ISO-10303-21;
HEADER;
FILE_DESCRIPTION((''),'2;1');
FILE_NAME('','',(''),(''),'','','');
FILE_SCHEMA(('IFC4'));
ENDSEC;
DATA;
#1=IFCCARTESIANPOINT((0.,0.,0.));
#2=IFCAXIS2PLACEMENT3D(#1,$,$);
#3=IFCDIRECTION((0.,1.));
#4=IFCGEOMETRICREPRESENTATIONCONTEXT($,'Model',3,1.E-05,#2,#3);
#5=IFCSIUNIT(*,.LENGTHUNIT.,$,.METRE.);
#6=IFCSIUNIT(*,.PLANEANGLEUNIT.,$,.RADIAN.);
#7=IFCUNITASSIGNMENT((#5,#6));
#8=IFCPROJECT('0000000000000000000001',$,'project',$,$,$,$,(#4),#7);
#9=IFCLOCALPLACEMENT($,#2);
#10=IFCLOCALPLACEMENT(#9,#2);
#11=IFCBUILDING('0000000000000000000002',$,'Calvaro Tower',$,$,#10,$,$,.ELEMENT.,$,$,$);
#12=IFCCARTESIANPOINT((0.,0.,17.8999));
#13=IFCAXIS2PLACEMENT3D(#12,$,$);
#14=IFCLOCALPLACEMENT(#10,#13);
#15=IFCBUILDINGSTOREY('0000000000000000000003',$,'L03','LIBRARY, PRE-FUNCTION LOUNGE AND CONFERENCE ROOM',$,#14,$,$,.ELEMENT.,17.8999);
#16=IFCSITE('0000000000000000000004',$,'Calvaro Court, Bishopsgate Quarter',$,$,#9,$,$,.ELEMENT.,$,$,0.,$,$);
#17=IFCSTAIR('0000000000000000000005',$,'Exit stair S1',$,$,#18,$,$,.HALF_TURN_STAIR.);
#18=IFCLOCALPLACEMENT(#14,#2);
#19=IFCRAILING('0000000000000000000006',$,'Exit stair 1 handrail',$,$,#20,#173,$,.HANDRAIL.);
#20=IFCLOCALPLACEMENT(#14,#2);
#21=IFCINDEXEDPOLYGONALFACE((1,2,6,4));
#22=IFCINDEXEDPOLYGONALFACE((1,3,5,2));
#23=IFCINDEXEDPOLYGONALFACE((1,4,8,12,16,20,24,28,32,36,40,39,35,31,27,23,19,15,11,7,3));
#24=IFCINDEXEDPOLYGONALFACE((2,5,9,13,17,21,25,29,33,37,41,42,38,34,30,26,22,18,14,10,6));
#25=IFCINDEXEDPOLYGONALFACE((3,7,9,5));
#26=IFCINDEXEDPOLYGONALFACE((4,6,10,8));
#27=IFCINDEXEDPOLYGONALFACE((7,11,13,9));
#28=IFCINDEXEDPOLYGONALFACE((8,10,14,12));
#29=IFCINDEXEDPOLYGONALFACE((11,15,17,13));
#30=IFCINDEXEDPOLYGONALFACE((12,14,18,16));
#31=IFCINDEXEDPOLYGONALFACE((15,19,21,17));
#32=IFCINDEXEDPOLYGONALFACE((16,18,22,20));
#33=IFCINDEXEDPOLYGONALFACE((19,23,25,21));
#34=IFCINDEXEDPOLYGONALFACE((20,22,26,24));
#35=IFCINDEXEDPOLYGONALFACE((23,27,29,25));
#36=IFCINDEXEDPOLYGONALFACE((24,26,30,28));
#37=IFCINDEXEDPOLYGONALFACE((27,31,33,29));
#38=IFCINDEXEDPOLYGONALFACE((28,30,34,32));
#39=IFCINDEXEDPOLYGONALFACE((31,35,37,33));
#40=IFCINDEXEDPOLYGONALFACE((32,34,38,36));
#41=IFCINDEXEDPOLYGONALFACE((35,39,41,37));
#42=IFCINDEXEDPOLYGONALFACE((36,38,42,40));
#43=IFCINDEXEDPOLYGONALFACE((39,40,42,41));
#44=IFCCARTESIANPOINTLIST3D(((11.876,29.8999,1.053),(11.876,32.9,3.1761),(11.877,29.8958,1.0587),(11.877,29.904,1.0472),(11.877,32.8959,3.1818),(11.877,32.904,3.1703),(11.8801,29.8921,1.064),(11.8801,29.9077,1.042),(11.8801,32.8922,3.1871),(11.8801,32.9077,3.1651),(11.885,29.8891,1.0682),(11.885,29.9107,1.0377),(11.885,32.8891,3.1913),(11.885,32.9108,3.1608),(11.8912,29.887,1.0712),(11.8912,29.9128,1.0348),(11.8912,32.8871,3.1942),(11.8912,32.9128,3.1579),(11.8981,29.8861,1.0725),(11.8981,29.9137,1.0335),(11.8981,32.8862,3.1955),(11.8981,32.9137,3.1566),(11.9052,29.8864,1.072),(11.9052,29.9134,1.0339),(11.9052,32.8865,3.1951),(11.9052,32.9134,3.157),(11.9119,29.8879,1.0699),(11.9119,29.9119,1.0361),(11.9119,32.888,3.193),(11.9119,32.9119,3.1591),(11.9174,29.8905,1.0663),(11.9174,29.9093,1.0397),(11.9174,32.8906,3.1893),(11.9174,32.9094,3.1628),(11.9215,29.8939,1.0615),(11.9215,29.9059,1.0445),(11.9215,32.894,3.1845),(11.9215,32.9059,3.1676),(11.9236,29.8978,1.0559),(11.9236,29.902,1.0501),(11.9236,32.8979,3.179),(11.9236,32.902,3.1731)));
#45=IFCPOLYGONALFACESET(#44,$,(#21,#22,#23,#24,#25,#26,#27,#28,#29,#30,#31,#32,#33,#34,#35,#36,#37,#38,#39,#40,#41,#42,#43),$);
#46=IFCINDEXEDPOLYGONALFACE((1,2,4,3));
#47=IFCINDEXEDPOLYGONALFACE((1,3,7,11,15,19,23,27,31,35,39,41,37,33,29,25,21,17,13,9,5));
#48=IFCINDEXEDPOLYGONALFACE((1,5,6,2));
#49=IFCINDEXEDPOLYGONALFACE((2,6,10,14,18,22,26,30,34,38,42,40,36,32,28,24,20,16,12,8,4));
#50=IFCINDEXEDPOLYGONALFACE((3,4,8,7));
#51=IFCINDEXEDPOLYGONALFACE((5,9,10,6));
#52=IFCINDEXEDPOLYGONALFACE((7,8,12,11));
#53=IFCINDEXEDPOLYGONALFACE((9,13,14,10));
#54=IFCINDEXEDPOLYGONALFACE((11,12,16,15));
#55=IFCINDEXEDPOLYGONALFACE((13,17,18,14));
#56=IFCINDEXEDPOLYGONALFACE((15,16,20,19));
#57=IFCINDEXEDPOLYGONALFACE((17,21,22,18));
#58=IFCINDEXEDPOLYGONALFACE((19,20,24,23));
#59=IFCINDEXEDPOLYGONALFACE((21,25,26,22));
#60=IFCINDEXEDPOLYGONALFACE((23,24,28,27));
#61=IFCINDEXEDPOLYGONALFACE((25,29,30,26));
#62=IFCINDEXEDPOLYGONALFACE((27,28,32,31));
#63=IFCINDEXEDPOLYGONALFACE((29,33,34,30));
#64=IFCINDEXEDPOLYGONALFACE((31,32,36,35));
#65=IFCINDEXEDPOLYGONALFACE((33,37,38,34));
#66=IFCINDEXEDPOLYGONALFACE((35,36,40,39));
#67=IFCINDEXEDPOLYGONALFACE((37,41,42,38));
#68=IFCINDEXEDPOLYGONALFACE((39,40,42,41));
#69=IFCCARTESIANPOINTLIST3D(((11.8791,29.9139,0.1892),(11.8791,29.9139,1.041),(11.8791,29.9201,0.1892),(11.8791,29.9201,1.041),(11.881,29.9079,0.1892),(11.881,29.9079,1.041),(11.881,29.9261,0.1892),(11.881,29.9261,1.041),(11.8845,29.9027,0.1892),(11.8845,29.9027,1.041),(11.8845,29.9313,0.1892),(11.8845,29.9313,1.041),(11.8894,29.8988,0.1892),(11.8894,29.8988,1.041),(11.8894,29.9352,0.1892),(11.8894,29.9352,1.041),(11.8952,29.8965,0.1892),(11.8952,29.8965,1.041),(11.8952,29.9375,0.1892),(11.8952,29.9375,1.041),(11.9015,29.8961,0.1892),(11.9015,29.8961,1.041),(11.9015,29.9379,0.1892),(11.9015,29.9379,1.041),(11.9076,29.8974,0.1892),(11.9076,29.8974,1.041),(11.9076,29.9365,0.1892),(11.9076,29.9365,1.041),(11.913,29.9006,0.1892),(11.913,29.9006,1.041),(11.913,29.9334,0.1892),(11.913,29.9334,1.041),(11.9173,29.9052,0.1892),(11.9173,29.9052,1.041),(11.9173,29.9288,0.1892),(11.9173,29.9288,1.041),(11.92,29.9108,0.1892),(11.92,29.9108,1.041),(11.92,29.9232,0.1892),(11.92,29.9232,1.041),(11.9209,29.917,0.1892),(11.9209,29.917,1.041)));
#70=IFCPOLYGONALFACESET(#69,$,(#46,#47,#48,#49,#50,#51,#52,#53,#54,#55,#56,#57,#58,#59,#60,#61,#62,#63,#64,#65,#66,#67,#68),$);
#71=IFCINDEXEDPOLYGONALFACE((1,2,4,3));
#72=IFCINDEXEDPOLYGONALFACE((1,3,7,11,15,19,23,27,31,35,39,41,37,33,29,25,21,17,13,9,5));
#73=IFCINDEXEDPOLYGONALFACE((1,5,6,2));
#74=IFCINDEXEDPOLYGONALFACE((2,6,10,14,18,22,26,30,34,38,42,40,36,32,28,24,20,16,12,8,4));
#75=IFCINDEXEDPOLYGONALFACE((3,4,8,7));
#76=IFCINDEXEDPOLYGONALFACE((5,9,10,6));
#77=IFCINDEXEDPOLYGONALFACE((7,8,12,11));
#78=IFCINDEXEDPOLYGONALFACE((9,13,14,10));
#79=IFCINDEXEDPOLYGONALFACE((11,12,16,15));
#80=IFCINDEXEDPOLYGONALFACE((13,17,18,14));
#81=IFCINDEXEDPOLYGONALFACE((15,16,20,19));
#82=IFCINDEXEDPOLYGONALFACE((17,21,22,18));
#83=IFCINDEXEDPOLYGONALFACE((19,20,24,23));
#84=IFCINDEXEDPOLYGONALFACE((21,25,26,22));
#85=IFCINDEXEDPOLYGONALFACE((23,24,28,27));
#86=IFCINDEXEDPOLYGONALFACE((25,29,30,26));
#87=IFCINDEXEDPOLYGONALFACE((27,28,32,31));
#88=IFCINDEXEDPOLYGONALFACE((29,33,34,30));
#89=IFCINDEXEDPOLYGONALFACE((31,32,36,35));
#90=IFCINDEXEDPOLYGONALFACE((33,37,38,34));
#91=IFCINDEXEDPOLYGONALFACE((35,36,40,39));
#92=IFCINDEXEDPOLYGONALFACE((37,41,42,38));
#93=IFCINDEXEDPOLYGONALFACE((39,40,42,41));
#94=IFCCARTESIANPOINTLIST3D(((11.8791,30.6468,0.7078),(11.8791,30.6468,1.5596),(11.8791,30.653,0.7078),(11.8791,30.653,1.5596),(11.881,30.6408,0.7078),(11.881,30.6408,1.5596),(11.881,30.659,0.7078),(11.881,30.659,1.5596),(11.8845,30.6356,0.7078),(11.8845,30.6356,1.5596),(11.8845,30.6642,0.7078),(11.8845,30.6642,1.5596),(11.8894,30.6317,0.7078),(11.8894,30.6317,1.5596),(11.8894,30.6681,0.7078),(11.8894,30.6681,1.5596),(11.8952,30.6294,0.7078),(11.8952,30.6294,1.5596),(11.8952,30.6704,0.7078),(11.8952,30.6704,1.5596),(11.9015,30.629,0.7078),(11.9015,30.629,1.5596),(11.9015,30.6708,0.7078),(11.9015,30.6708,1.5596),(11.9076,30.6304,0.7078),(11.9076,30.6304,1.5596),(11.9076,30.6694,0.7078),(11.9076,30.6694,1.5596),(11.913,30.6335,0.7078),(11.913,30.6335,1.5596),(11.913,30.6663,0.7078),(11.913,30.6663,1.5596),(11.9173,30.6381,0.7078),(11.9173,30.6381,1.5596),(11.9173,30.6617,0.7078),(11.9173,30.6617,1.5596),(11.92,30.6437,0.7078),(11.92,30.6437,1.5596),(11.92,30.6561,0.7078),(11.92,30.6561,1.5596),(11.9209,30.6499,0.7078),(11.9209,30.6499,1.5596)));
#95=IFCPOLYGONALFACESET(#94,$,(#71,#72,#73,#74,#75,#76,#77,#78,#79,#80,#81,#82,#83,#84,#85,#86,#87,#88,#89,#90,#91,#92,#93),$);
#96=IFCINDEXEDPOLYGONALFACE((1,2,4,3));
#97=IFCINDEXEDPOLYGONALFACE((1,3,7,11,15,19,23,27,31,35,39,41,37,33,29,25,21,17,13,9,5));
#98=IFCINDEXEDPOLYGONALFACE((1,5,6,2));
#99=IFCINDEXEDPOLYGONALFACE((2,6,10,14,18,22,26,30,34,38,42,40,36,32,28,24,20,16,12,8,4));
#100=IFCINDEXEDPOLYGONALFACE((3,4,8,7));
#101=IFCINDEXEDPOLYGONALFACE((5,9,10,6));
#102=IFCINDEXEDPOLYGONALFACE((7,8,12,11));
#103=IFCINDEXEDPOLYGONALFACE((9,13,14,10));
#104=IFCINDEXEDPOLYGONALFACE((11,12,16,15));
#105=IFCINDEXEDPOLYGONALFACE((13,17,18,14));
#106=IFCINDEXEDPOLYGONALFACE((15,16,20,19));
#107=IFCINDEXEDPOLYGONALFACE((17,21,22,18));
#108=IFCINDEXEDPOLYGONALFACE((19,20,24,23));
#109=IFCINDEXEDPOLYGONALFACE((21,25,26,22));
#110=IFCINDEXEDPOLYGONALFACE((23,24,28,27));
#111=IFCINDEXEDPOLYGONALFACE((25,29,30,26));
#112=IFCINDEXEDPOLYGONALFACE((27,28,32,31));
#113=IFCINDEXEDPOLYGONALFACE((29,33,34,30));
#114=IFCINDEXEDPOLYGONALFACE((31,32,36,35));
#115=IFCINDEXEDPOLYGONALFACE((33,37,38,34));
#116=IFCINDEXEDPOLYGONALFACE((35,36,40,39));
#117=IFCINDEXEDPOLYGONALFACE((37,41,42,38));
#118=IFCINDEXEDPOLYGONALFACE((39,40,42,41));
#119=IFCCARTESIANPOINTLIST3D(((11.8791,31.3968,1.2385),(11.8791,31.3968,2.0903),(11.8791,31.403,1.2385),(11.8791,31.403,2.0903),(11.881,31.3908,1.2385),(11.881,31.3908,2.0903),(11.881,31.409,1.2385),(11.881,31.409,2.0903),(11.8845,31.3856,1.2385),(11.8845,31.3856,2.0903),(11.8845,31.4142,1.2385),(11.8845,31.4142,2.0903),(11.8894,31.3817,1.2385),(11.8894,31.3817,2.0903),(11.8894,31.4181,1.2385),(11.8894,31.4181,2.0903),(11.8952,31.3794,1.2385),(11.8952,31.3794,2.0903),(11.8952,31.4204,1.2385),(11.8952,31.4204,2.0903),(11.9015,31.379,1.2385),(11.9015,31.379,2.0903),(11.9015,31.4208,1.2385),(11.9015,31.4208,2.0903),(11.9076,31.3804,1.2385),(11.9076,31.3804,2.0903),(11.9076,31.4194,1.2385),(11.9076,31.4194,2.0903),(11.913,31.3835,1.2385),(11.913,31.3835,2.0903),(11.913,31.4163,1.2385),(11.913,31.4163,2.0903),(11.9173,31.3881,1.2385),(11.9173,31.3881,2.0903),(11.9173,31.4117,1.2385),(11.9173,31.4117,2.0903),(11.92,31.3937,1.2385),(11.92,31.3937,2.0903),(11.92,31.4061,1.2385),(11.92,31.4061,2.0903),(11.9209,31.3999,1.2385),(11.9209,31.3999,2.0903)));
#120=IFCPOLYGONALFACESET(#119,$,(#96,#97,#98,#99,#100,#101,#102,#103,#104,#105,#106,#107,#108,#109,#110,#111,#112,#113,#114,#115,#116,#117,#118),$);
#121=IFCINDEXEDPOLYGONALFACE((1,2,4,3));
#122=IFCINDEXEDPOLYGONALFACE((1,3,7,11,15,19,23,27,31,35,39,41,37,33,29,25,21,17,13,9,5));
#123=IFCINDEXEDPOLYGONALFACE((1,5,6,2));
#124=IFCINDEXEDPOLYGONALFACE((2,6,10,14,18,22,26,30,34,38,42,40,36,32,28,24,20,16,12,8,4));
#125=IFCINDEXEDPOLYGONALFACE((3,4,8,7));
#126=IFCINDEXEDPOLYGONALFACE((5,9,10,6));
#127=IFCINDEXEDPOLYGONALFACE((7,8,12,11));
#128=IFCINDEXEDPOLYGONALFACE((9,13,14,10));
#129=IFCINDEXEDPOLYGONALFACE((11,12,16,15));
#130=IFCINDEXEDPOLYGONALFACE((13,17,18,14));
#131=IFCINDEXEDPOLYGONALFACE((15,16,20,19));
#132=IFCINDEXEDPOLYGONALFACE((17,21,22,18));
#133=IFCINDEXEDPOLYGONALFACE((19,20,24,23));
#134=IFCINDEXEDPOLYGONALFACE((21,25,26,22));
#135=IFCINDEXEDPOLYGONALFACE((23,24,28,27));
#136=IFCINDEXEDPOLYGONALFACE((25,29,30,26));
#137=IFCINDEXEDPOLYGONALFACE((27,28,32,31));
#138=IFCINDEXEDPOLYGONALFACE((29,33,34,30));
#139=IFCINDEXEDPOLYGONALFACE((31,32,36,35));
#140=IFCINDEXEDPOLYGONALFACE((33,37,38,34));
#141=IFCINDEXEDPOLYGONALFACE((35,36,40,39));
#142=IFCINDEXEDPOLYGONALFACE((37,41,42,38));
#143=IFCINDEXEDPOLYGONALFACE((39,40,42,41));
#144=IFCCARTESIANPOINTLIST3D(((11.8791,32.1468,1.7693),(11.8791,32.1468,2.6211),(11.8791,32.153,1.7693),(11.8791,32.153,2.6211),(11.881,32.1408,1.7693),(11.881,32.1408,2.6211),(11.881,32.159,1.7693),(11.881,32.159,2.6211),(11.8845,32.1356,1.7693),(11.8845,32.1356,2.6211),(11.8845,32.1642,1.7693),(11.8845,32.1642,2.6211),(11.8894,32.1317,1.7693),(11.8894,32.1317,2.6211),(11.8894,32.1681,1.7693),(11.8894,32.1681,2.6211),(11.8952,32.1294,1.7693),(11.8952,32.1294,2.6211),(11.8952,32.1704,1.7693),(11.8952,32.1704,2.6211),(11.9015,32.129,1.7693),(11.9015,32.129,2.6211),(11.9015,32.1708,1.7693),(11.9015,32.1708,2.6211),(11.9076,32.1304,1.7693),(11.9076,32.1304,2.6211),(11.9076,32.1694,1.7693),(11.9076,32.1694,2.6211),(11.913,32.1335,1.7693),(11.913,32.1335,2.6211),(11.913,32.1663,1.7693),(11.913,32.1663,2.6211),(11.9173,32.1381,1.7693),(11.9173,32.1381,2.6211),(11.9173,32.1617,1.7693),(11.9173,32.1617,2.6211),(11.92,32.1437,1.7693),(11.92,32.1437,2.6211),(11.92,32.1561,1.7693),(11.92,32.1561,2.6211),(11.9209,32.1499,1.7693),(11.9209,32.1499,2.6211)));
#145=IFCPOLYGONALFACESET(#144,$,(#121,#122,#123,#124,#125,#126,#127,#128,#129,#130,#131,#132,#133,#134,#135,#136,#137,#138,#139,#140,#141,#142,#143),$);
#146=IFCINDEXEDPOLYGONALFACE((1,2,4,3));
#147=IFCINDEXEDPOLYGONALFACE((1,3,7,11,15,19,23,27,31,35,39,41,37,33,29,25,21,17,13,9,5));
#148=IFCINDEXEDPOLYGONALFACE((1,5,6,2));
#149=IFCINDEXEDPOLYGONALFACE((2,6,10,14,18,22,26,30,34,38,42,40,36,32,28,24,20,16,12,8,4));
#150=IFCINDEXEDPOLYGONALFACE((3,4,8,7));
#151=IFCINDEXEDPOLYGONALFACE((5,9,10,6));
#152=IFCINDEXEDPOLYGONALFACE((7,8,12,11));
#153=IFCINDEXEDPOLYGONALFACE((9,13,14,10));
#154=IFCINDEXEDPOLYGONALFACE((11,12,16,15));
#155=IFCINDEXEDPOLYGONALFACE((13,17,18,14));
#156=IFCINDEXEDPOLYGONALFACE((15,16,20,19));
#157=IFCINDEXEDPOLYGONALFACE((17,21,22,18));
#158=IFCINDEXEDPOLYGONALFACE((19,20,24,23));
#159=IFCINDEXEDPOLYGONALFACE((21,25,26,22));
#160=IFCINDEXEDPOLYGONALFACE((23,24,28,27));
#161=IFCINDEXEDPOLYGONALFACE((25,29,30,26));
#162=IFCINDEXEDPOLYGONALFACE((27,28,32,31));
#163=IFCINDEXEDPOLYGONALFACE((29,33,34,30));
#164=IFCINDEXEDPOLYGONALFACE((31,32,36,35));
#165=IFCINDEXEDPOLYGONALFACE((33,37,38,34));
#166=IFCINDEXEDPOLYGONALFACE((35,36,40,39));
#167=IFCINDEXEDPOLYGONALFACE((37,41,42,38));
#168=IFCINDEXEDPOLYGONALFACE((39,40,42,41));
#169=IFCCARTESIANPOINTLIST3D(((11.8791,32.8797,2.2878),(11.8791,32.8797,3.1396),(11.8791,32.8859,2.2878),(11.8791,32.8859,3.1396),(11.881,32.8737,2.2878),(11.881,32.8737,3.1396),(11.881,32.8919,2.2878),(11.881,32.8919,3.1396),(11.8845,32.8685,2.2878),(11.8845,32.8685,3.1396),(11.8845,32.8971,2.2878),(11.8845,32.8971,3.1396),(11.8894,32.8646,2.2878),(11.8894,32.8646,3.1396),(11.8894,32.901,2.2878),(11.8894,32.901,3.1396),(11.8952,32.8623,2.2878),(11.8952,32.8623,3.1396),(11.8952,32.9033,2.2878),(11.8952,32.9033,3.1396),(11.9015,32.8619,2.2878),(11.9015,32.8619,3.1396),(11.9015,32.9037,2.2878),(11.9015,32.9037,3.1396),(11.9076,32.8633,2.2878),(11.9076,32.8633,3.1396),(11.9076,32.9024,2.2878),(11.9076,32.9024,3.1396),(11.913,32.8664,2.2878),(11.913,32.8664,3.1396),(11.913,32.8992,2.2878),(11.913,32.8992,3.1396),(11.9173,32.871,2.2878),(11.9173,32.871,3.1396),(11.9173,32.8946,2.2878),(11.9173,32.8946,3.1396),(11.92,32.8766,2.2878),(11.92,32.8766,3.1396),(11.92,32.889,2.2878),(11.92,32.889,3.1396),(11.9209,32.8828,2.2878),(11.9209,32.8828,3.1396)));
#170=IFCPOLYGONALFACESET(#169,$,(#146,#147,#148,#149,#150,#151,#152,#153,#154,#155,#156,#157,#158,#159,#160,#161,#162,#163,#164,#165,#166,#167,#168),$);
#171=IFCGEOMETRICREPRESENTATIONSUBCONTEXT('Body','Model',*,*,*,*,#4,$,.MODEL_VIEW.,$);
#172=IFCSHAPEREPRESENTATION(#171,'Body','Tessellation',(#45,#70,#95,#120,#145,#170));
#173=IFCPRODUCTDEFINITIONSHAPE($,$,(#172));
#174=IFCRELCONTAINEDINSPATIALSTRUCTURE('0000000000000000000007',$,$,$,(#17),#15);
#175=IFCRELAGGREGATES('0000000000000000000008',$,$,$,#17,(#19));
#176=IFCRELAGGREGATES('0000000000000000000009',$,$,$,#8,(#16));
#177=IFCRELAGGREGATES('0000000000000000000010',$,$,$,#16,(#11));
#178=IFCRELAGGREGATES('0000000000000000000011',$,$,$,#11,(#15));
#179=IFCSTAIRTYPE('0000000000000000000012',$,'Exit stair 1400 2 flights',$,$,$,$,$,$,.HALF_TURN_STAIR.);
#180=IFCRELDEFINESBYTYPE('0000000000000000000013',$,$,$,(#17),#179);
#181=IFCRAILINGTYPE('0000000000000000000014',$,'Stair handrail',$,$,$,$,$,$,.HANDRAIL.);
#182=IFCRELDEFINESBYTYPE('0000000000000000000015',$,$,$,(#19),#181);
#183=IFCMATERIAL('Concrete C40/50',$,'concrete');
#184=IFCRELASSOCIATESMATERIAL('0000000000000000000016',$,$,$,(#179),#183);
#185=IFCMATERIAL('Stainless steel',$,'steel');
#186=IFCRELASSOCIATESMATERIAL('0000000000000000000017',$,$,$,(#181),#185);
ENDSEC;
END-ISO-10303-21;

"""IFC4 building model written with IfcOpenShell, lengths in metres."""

from ifc_helpers import new_model, si_unit, direction, frame, origin, origin_2d, place, context, subcontext, project, spatial, circle, extrude, material, type_object, element, aggregate, save


model = new_model("IFC4")

# Units and contexts
model_context = context("Model", 3, precision=1e-05, world=origin(), true_north=direction((0.0, 1.0)))
body_context = subcontext(model_context, "Body", "Model", "MODEL_VIEW")
ifc_project = project(units=[si_unit("LENGTHUNIT", "METRE"), si_unit("PLANEANGLEUNIT", "RADIAN")], contexts=[model_context])

# Site, building, storey
site_placement = place(None, origin())
site = spatial("IfcSite", under=ifc_project, at=site_placement, Name="Calvaro Court, Bishopsgate Quarter", CompositionType="ELEMENT", RefElevation=0.0)
building_placement = place(site_placement, origin())
building = spatial("IfcBuilding", under=site, at=building_placement, Name="Calvaro Tower", CompositionType="ELEMENT")
storey_placement = place(building_placement, frame((0.0, 0.0, 17.8999)))
storey = spatial("IfcBuildingStorey", under=building, at=storey_placement, Name="L03", Description="LIBRARY, PRE-FUNCTION LOUNGE AND CONFERENCE ROOM", CompositionType="ELEMENT", Elevation=17.8999)

# Stair, railing
ifc_material_1 = material(Name="Concrete C40/50", Category="concrete")
stair_type = type_object("IfcStairType", Name="Exit stair 1400 2 flights", PredefinedType="HALF_TURN_STAIR", material=ifc_material_1)
stair_placement = place(storey_placement, origin())
stair = element("IfcStair", 1, at=stair_placement, inside=storey, type_object=stair_type, Name="Exit stair S1", PredefinedType="HALF_TURN_STAIR")
ifc_material_2 = material(Name="Stainless steel", Category="steel")
railing_type = type_object("IfcRailingType", Name="Stair handrail", PredefinedType="HANDRAIL", material=ifc_material_2)
railing_1_placement = place(storey_placement, frame((11.8999, 29.8999, 0.177)))
railing_1 = element("IfcRailing", 2, at=railing_1_placement, type_object=railing_type, Name="Exit stair 1 handrail", PredefinedType="HANDRAIL", context=body_context, shape_type="SweptSolid", body=[
    extrude(circle(Radius=0.0239, at=origin_2d()), frame((0.0, 0.0, 0.876), z_axis=(0.0, 0.816275, 0.577663), x_axis=(-1.0, 0.0, 0.0)), (0.0, 0.0, 1.0), 3.6753),
    extrude(circle(Radius=0.021, at=origin_2d()), frame((0.0, 0.0171, 0.0122)), (0.0, 0.0, 1.0), 0.8518),
    extrude(circle(Radius=0.021, at=origin_2d()), frame((0.0, 0.75, 0.5308)), (0.0, 0.0, 1.0), 0.8518),
    extrude(circle(Radius=0.021, at=origin_2d()), frame((0.0, 1.5, 1.0615)), (0.0, 0.0, 1.0), 0.8518),
    extrude(circle(Radius=0.021, at=origin_2d()), frame((0.0, 2.25, 1.5923)), (0.0, 0.0, 1.0), 0.8518),
    extrude(circle(Radius=0.021, at=origin_2d()), frame((0.0, 2.9829, 2.1108)), (0.0, 0.0, 1.0), 0.8518),
])
aggregate(stair, [railing_1])

save(model, "model.ifc")
